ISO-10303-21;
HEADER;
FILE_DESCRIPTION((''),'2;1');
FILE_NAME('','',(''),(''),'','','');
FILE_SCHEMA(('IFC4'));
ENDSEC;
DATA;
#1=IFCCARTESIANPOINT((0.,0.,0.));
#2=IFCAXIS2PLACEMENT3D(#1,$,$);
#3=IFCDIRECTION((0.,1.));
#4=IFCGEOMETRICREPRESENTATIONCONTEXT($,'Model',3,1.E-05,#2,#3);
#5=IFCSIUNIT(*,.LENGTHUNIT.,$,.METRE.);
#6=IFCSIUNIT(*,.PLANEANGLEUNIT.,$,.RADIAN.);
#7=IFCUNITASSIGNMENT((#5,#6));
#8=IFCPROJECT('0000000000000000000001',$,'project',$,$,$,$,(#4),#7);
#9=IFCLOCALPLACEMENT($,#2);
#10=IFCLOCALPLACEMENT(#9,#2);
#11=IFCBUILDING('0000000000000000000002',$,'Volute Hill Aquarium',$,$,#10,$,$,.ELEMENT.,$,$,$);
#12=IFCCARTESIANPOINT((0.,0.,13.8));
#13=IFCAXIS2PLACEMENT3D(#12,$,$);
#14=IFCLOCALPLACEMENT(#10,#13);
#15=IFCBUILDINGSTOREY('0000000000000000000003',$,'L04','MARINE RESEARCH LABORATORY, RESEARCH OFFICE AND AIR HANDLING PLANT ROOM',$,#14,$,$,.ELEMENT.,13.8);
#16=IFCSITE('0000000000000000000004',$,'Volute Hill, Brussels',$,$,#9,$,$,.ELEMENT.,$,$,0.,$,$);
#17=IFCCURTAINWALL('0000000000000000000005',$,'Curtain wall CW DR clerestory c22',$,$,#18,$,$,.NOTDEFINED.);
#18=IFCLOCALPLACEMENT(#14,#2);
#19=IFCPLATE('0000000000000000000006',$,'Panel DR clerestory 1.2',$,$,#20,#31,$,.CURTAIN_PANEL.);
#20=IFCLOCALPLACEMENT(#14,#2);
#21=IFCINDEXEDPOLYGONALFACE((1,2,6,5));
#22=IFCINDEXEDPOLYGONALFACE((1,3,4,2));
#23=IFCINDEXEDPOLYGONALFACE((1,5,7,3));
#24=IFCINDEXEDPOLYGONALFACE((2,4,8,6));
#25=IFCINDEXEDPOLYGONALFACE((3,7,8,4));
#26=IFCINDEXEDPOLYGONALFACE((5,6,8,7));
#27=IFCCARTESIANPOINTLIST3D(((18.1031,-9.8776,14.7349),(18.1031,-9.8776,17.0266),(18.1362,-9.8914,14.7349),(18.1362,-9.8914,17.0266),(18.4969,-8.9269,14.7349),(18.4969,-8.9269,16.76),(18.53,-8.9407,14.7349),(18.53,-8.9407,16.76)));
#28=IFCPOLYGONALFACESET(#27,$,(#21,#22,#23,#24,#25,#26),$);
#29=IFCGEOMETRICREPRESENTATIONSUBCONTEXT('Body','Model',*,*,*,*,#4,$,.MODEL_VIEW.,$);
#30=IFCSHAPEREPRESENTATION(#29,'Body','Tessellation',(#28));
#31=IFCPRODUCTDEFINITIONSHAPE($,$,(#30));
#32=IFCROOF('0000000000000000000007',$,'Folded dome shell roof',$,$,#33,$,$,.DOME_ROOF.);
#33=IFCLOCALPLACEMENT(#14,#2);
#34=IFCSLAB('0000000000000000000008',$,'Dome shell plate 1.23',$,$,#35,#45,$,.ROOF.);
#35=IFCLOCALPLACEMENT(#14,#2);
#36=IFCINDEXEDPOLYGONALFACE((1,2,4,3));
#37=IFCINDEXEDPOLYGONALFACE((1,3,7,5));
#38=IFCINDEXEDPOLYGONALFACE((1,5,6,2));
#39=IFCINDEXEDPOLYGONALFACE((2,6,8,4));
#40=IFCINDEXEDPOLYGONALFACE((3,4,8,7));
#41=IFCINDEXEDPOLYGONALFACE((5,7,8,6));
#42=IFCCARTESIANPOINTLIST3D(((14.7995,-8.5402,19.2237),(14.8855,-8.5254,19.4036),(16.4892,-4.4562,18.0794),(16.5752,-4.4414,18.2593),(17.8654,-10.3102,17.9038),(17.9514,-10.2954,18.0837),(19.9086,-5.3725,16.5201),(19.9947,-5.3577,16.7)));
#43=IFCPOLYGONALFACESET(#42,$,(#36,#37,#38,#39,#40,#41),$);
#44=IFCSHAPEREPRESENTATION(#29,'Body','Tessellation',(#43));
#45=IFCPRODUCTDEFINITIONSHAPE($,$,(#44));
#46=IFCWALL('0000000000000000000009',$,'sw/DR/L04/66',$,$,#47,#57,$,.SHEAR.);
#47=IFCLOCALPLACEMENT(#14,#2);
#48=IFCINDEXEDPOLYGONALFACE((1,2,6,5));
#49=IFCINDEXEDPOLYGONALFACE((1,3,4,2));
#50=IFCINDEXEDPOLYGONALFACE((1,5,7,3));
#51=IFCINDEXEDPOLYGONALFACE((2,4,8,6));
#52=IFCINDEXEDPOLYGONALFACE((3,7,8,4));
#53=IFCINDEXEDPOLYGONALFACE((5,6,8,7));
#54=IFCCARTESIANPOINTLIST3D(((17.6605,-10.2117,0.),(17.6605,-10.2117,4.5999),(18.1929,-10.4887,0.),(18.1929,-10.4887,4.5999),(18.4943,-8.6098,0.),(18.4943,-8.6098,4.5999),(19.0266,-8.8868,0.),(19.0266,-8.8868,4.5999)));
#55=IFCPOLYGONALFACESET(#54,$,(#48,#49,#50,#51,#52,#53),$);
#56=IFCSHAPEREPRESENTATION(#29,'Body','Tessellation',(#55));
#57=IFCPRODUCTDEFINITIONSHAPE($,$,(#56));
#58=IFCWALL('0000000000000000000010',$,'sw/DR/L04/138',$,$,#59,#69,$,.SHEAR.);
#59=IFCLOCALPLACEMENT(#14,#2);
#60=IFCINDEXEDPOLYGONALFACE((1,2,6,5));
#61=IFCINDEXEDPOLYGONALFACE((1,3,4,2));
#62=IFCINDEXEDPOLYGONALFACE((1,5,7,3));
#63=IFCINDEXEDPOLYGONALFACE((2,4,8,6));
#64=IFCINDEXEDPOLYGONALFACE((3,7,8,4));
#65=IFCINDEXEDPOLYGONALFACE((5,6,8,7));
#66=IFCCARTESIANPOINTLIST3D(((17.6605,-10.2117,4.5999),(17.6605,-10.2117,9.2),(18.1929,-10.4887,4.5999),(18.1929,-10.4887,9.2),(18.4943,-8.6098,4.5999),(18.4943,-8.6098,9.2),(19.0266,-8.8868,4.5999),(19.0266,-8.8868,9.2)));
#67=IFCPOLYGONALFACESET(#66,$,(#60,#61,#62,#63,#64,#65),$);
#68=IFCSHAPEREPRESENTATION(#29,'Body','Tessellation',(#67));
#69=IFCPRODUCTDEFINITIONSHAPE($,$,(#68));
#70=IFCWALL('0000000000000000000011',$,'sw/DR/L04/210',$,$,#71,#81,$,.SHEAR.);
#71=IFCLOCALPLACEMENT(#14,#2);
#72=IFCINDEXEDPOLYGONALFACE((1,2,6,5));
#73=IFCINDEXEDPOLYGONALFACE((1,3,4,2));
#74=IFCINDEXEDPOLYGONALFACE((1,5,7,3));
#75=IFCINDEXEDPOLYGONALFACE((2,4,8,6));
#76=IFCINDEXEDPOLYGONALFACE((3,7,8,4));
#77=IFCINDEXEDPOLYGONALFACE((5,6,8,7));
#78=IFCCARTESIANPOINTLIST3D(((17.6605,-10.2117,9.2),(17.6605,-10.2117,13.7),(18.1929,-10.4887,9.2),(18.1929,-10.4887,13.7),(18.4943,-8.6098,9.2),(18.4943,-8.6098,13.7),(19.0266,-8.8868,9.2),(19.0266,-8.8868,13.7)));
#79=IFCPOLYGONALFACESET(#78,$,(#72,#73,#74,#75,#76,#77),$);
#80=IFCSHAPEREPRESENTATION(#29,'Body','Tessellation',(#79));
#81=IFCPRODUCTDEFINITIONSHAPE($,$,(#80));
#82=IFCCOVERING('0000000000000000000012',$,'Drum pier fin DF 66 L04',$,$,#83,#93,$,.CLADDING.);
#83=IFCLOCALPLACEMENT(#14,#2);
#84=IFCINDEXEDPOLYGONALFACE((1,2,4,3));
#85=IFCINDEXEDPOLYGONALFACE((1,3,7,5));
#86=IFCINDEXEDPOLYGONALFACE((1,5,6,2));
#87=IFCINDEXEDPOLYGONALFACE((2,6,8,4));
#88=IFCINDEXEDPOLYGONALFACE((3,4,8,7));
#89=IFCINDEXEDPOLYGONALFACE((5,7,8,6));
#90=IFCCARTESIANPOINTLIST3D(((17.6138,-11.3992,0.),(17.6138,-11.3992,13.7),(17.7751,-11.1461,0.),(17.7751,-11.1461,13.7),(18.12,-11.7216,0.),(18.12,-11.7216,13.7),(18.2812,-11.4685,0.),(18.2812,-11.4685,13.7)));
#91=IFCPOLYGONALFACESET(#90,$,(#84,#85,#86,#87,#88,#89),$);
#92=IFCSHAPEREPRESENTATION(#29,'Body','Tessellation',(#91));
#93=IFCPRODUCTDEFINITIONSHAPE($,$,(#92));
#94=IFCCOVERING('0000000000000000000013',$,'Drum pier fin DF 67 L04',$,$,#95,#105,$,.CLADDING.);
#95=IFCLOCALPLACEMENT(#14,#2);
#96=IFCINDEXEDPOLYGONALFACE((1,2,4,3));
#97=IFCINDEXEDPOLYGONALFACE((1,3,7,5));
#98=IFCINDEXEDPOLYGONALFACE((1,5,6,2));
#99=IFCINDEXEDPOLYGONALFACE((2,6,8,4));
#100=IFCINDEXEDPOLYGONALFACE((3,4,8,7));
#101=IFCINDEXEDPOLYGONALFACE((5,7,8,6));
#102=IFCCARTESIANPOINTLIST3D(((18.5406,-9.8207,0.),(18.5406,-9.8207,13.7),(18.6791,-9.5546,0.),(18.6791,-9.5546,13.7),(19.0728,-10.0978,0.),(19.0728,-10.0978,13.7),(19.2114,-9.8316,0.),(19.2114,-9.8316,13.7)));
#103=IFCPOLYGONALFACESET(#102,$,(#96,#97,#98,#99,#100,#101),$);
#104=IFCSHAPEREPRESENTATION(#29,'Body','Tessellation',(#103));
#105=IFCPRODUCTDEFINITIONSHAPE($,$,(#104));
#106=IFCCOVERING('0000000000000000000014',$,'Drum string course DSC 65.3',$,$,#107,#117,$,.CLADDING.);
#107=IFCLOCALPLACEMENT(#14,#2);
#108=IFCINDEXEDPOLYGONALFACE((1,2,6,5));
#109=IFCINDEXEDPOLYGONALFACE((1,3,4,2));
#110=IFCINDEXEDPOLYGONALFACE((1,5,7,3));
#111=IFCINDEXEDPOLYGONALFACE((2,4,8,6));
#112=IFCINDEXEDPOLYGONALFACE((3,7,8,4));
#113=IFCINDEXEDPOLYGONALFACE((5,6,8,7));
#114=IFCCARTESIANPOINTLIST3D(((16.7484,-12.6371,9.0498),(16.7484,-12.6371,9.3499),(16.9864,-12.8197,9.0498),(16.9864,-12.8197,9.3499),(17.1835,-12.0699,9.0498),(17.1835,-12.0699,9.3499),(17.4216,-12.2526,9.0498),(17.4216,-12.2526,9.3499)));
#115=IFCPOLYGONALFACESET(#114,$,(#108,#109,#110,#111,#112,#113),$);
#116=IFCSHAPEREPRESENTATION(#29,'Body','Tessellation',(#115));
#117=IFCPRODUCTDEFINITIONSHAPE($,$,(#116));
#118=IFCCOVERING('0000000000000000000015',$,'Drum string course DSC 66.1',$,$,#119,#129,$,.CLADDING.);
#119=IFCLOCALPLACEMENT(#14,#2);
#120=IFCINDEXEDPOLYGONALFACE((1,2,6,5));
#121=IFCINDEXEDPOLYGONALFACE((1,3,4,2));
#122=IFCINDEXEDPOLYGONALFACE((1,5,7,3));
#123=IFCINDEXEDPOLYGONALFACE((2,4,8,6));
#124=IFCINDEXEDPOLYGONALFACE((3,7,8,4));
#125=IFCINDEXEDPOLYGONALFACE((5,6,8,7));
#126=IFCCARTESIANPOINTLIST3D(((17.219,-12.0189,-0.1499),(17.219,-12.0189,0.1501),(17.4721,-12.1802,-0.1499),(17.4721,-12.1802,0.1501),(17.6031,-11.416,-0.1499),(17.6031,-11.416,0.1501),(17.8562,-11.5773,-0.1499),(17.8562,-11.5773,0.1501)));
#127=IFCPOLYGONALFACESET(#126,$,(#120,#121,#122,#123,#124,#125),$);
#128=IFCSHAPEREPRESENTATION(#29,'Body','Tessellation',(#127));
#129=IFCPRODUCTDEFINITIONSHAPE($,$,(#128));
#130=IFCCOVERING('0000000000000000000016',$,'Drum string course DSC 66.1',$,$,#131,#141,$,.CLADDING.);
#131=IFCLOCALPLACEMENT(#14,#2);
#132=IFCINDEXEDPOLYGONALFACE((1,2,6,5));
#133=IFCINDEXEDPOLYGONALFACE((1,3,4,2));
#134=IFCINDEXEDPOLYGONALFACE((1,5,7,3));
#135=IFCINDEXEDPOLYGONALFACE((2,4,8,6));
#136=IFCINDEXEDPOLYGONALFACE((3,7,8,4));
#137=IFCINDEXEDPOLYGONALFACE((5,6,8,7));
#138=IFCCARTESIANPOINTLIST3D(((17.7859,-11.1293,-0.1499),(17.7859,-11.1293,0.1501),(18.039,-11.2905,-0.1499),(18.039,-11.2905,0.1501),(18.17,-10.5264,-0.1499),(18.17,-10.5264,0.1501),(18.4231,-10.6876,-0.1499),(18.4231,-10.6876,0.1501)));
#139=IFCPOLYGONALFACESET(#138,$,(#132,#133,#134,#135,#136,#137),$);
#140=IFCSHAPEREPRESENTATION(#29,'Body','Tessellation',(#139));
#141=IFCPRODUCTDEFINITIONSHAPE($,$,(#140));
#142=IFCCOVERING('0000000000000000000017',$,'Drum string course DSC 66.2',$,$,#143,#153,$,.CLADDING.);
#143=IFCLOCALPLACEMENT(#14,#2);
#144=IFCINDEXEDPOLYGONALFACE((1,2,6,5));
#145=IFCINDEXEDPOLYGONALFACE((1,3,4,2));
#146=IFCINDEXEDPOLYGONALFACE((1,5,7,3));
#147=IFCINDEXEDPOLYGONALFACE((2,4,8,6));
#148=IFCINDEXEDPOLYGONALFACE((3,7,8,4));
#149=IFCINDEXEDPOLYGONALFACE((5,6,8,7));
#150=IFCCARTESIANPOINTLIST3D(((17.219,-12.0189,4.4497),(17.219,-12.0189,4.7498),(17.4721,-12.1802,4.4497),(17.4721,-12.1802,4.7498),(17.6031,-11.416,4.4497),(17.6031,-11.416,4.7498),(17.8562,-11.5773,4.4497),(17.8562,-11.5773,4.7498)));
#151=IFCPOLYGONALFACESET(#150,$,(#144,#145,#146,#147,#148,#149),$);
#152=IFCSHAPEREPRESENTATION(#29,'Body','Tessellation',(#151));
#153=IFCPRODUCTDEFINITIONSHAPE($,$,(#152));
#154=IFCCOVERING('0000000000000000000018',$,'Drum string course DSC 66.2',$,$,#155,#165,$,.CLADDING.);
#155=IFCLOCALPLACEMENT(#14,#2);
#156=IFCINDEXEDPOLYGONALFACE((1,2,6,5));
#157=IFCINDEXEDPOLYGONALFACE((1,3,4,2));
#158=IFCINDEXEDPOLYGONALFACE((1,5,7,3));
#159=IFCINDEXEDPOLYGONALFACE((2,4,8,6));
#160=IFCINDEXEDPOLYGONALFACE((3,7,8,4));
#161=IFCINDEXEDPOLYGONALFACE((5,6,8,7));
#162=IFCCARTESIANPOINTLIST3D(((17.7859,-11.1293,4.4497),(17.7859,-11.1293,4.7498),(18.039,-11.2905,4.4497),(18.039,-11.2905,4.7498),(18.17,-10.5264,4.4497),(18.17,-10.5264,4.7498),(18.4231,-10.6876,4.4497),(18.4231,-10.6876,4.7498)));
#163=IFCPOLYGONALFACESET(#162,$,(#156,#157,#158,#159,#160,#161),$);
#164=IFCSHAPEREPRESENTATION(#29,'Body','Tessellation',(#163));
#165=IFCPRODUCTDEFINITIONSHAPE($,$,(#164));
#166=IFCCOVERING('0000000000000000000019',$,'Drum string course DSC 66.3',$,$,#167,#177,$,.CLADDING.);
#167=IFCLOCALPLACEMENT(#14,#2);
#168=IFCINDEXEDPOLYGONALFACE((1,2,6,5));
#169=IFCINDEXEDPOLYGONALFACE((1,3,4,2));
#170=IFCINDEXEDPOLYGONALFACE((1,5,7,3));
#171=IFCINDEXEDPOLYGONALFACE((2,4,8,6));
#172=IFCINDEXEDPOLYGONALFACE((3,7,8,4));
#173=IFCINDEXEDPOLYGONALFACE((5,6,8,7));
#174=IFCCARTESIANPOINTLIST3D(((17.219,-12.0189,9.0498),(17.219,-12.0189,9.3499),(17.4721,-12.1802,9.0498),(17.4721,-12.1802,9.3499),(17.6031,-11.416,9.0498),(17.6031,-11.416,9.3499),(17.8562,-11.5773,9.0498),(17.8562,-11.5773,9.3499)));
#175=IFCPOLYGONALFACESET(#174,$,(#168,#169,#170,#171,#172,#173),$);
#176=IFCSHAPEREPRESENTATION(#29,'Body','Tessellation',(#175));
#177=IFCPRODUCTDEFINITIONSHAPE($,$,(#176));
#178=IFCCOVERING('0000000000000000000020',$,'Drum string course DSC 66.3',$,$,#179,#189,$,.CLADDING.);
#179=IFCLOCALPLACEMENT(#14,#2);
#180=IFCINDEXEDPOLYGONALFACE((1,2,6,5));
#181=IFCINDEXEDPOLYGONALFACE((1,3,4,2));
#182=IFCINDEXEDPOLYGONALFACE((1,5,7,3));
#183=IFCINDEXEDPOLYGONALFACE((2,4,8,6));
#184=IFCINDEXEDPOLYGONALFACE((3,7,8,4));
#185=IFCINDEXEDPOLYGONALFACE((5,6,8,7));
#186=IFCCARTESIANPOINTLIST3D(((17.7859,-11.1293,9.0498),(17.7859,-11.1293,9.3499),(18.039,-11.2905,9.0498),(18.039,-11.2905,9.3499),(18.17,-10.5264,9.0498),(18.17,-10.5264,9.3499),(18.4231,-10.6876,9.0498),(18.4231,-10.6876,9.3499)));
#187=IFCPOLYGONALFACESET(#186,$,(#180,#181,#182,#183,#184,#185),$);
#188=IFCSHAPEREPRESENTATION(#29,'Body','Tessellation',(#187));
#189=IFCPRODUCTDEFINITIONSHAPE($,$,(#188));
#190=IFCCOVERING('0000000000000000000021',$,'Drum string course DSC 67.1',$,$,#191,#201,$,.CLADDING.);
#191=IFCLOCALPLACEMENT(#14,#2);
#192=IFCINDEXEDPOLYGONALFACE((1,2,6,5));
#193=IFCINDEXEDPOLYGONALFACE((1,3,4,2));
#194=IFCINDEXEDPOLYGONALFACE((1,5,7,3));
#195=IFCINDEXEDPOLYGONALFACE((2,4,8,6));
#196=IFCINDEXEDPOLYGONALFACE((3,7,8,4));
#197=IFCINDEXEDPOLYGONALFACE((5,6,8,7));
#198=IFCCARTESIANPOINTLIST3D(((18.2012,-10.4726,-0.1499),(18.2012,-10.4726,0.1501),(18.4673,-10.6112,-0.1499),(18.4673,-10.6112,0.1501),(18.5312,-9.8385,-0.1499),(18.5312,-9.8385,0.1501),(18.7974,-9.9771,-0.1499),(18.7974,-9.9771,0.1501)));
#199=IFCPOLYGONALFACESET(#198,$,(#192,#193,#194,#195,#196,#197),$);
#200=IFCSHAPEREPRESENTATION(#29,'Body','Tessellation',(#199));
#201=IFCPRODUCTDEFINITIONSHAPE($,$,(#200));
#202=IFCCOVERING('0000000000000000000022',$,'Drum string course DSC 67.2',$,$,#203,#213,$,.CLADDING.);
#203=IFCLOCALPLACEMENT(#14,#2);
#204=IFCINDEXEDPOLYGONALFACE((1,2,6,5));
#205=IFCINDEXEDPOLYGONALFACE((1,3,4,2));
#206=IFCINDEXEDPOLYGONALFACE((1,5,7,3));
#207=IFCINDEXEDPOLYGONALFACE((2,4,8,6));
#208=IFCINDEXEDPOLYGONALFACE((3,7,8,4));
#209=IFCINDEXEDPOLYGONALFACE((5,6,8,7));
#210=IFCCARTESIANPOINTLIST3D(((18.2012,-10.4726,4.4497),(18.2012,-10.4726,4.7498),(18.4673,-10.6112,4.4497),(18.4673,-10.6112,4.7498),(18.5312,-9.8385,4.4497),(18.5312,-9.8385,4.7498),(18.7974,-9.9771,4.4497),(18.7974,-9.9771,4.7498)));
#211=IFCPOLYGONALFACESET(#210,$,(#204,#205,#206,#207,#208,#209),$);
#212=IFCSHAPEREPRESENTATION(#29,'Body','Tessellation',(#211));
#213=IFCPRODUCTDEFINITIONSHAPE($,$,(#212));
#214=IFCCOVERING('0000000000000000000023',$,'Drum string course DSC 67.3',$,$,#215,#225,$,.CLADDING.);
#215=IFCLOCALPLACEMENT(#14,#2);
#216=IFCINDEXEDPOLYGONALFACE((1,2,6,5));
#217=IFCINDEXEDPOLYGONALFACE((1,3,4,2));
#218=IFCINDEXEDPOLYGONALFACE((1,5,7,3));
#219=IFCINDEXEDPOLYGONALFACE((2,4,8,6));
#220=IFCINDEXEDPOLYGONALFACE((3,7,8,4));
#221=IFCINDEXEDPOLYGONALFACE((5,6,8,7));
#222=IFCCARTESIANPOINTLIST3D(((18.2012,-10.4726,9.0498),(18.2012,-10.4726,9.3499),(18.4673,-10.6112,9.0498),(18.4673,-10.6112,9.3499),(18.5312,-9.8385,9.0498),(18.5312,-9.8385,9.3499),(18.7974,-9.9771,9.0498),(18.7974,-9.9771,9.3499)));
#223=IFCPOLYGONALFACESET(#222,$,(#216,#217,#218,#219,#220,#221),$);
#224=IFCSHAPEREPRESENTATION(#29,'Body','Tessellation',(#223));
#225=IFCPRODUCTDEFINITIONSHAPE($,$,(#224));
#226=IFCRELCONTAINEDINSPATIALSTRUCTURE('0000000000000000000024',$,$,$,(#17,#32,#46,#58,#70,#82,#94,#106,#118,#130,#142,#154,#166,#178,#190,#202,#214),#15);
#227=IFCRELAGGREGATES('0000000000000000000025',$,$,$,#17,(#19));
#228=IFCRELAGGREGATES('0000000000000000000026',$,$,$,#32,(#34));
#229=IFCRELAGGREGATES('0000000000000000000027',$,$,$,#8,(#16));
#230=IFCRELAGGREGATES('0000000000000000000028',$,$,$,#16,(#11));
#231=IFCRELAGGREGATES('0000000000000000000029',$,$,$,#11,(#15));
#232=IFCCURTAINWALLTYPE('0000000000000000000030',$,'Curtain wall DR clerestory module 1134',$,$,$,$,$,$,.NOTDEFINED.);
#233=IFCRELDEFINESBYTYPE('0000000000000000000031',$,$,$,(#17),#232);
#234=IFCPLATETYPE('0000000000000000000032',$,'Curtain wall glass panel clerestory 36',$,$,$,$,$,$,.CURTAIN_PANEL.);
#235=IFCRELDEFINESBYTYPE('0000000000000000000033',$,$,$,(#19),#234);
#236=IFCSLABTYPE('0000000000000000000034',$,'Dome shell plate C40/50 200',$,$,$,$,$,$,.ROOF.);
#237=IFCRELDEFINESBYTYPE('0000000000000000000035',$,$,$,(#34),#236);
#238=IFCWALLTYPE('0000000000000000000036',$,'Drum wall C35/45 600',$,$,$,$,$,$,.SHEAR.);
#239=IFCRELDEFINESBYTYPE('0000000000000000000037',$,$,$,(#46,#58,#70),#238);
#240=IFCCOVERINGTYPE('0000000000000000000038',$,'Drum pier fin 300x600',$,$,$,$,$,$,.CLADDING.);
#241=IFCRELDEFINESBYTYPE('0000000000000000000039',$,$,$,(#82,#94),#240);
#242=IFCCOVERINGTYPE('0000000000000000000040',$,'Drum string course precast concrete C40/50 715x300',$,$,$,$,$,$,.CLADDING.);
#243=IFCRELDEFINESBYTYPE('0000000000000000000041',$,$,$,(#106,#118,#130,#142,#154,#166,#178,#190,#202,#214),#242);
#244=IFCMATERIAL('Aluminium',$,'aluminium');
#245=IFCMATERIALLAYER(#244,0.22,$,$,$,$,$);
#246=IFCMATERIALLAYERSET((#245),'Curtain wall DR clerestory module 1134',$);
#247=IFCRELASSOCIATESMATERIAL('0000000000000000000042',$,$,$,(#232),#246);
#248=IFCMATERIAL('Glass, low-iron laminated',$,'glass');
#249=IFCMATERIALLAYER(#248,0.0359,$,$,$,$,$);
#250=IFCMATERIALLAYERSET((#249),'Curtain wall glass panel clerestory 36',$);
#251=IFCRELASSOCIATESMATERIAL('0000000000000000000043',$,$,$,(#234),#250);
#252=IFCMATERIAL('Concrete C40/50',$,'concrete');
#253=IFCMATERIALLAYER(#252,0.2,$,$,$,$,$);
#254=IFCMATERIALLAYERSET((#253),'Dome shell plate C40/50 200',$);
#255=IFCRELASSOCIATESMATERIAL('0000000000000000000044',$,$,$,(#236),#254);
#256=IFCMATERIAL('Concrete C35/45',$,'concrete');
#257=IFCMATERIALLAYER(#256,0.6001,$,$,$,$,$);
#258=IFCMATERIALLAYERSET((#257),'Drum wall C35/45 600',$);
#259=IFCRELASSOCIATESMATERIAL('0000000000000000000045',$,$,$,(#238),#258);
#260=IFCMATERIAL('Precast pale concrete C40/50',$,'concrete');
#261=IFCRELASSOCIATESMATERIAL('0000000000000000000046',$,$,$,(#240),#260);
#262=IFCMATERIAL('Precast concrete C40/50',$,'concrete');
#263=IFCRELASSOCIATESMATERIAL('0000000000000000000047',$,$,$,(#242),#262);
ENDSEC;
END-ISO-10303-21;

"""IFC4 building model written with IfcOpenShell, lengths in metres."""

from ifc_helpers import new_model, si_unit, direction, frame, frame_2d, origin, origin_2d, place, context, subcontext, project, spatial, polyline, rectangle, outline, extrude, material, layer, layer_set, type_object, element, aggregate, save


model = new_model("IFC4")

# Units and contexts
model_context = context("Model", 3, precision=1e-05, world=origin(), true_north=direction((0.0, 1.0)))
body_context = subcontext(model_context, "Body", "Model", "MODEL_VIEW")
ifc_project = project(units=[si_unit("LENGTHUNIT", "METRE"), si_unit("PLANEANGLEUNIT", "RADIAN")], contexts=[model_context])

# Site, building, storey
site_placement = place(None, origin())
site = spatial("IfcSite", under=ifc_project, at=site_placement, Name="Volute Hill, Brussels", CompositionType="ELEMENT", RefElevation=0.0)
building_placement = place(site_placement, origin())
building = spatial("IfcBuilding", under=site, at=building_placement, Name="Volute Hill Aquarium", CompositionType="ELEMENT")
storey_placement = place(building_placement, frame((0.0, 0.0, 13.8)))
storey = spatial("IfcBuildingStorey", under=building, at=storey_placement, Name="L04", Description="MARINE RESEARCH LABORATORY, RESEARCH OFFICE AND AIR HANDLING PLANT ROOM", CompositionType="ELEMENT", Elevation=13.8)

# Shared definitions
ifc_material_1 = material(Name="Aluminium", Category="aluminium")
ifc_layer_1 = layer(ifc_material_1, 0.22)
ifc_layer_set_1 = layer_set([ifc_layer_1], Name="Curtain wall DR clerestory module 1134")
curtain_wall_type_1 = type_object("IfcCurtainWallType", Name="Curtain wall DR clerestory module 1134", PredefinedType="NOTDEFINED", material=ifc_layer_set_1)

# Curtain wall
curtain_wall_1_placement = place(storey_placement, origin())
curtain_wall_1 = element("IfcCurtainWall", 1, at=curtain_wall_1_placement, inside=storey, type_object=curtain_wall_type_1, Name="Curtain wall CW DR clerestory c22", PredefinedType="NOTDEFINED")

# Plate
ifc_material_2 = material(Name="Glass, low-iron laminated", Category="glass")
ifc_layer_2 = layer(ifc_material_2, 0.0359)
ifc_layer_set_2 = layer_set([ifc_layer_2], Name="Curtain wall glass panel clerestory 36")
plate_type_1 = type_object("IfcPlateType", Name="Curtain wall glass panel clerestory 36", PredefinedType="CURTAIN_PANEL", material=ifc_layer_set_2)
plate_1_placement = place(storey_placement, frame((18.1362, -9.8914, 14.7349), z_axis=(0.923875, -0.382694, 0.0), x_axis=(0.382694, 0.923875, 0.0)))
plate_1 = element("IfcPlate", 2, at=plate_1_placement, type_object=plate_type_1, Name="Panel DR clerestory 1.2", PredefinedType="CURTAIN_PANEL", context=body_context, shape_type="SweptSolid", body=[
    extrude(outline(polyline([(0.0, 0.0), (1.029, 0.0), (1.029, 2.0251), (0.0, 2.2917), (0.0, 0.0)])), origin(), (0.0, 0.0, -1.0), 0.0359),
])
aggregate(curtain_wall_1, [plate_1])

# Roof, slab
roof_placement = place(storey_placement, origin())
roof = element("IfcRoof", 3, at=roof_placement, inside=storey, Name="Folded dome shell roof", PredefinedType="DOME_ROOF")
ifc_material_3 = material(Name="Concrete C40/50", Category="concrete")
ifc_layer_3 = layer(ifc_material_3, 0.2)
ifc_layer_set_3 = layer_set([ifc_layer_3], Name="Dome shell plate C40/50 200")
slab_type = type_object("IfcSlabType", Name="Dome shell plate C40/50 200", PredefinedType="ROOF", material=ifc_layer_set_3)
slab_placement = place(storey_placement, frame((17.9514, -10.2954, 18.0837), z_axis=(0.430136, 0.074142, 0.899715), x_axis=(0.370149, 0.894512, -0.250674)))
slab = element("IfcSlab", 4, at=slab_placement, type_object=slab_type, Name="Dome shell plate 1.23", PredefinedType="ROOF", context=body_context, shape_type="SweptSolid", body=[
    extrude(outline(polyline([(0.0, 0.0), (5.52, 0.0), (4.6831, 3.7766), (0.1176, 3.7764), (0.0, 0.0)])), origin(), (0.0, 0.0, -1.0), 0.2),
])
aggregate(roof, [slab])

# Walls
ifc_material_4 = material(Name="Concrete C35/45", Category="concrete")
ifc_layer_4 = layer(ifc_material_4, 0.6001)
ifc_layer_set_4 = layer_set([ifc_layer_4], Name="Drum wall C35/45 600")
wall_type = type_object("IfcWallType", Name="Drum wall C35/45 600", PredefinedType="SHEAR", material=ifc_layer_set_4)
wall_1_placement = place(storey_placement, frame((17.9268, -10.3501, 0.0), z_axis=(0.0, 0.0, 1.0), x_axis=(0.461702, 0.887035, 0.0)))
element("IfcWall", 5, at=wall_1_placement, inside=storey, type_object=wall_type, Name="sw/DR/L04/66", PredefinedType="SHEAR", context=body_context, shape_type="SweptSolid", body=[
    extrude(rectangle(XDim=1.8059, YDim=0.6001, at=frame_2d((0.9028, 0.0))), origin(), (0.0, 0.0, 1.0), 4.5999),
])
wall_2_placement = place(storey_placement, frame((17.9268, -10.3501, 4.5999), z_axis=(0.0, 0.0, 1.0), x_axis=(0.461702, 0.887035, 0.0)))
element("IfcWall", 6, at=wall_2_placement, inside=storey, type_object=wall_type, Name="sw/DR/L04/138", PredefinedType="SHEAR", context=body_context, shape_type="SweptSolid", body=[
    extrude(rectangle(XDim=1.8059, YDim=0.6001, at=frame_2d((0.9028, 0.0))), origin(), (0.0, 0.0, 1.0), 4.6001),
])
wall_3_placement = place(storey_placement, frame((17.9268, -10.3501, 9.2), z_axis=(0.0, 0.0, 1.0), x_axis=(0.461702, 0.887035, 0.0)))
element("IfcWall", 7, at=wall_3_placement, inside=storey, type_object=wall_type, Name="sw/DR/L04/210", PredefinedType="SHEAR", context=body_context, shape_type="SweptSolid", body=[
    extrude(rectangle(XDim=1.8059, YDim=0.6001, at=frame_2d((0.9028, 0.0))), origin(), (0.0, 0.0, 1.0), 4.5),
])

# Coverings
ifc_material_5 = material(Name="Precast pale concrete C40/50", Category="concrete")
covering_type_1 = type_object("IfcCoveringType", Name="Drum pier fin 300x600", PredefinedType="CLADDING", material=ifc_material_5)
for number, where, z_axis, x_axis, name in (
    (8, (17.9475, -11.4338, 0.0), (0.0, 0.0, 1.0), (0.5373, 0.843391, 0.0), "Drum pier fin DF 66 L04"),
    (9, (18.876, -9.8262, 0.0), (0.0, 0.0, 1.0), (0.461749, 0.887011, 0.0), "Drum pier fin DF 67 L04"),
):
    element("IfcCovering", number, at=place(storey_placement, frame(where, z_axis=z_axis, x_axis=x_axis)), inside=storey, type_object=covering_type_1, Name=name, PredefinedType="CLADDING", context=body_context, shape_type="SweptSolid", body=[
        extrude(rectangle(XDim=0.3, YDim=0.6001, at=origin_2d()), origin(), (0.0, 0.0, 1.0), 13.7),
    ])
ifc_material_6 = material(Name="Precast concrete C40/50", Category="concrete")
covering_type_2 = type_object("IfcCoveringType", Name="Drum string course precast concrete C40/50 715x300", PredefinedType="CLADDING", material=ifc_material_6)
for number, where, z_axis, x_axis, name in (
    (10, (17.085, -12.4448, 9.0498), (0.0, 0.0, 1.0), (0.608761, 0.793353, 0.0), "Drum string course DSC 65.3"),
    (11, (17.5376, -11.7981, -0.1499), (0.0, 0.0, 1.0), (0.5373, 0.843391, 0.0), "Drum string course DSC 66.1"),
    (12, (18.1045, -10.9084, -0.1499), (0.0, 0.0, 1.0), (0.5373, 0.843391, 0.0), "Drum string course DSC 66.1"),
    (13, (17.5376, -11.7981, 4.4497), (0.0, 0.0, 1.0), (0.5373, 0.843391, 0.0), "Drum string course DSC 66.2"),
    (14, (18.1045, -10.9084, 4.4497), (0.0, 0.0, 1.0), (0.5373, 0.843391, 0.0), "Drum string course DSC 66.2"),
    (15, (17.5376, -11.7981, 9.0498), (0.0, 0.0, 1.0), (0.5373, 0.843391, 0.0), "Drum string course DSC 66.3"),
    (16, (18.1045, -10.9084, 9.0498), (0.0, 0.0, 1.0), (0.5373, 0.843391, 0.0), "Drum string course DSC 66.3"),
    (17, (18.4993, -10.2249, -0.1499), (0.0, 0.0, 1.0), (0.461749, 0.887011, 0.0), "Drum string course DSC 67.1"),
    (18, (18.4993, -10.2249, 4.4497), (0.0, 0.0, 1.0), (0.461749, 0.887011, 0.0), "Drum string course DSC 67.2"),
    (19, (18.4993, -10.2249, 9.0498), (0.0, 0.0, 1.0), (0.461749, 0.887011, 0.0), "Drum string course DSC 67.3"),
):
    element("IfcCovering", number, at=place(storey_placement, frame(where, z_axis=z_axis, x_axis=x_axis)), inside=storey, type_object=covering_type_2, Name=name, PredefinedType="CLADDING", context=body_context, shape_type="SweptSolid", body=[
        extrude(rectangle(XDim=0.7148, YDim=0.3, at=origin_2d()), origin(), (0.0, 0.0, 1.0), 0.3),
    ])

save(model, "model.ifc")
